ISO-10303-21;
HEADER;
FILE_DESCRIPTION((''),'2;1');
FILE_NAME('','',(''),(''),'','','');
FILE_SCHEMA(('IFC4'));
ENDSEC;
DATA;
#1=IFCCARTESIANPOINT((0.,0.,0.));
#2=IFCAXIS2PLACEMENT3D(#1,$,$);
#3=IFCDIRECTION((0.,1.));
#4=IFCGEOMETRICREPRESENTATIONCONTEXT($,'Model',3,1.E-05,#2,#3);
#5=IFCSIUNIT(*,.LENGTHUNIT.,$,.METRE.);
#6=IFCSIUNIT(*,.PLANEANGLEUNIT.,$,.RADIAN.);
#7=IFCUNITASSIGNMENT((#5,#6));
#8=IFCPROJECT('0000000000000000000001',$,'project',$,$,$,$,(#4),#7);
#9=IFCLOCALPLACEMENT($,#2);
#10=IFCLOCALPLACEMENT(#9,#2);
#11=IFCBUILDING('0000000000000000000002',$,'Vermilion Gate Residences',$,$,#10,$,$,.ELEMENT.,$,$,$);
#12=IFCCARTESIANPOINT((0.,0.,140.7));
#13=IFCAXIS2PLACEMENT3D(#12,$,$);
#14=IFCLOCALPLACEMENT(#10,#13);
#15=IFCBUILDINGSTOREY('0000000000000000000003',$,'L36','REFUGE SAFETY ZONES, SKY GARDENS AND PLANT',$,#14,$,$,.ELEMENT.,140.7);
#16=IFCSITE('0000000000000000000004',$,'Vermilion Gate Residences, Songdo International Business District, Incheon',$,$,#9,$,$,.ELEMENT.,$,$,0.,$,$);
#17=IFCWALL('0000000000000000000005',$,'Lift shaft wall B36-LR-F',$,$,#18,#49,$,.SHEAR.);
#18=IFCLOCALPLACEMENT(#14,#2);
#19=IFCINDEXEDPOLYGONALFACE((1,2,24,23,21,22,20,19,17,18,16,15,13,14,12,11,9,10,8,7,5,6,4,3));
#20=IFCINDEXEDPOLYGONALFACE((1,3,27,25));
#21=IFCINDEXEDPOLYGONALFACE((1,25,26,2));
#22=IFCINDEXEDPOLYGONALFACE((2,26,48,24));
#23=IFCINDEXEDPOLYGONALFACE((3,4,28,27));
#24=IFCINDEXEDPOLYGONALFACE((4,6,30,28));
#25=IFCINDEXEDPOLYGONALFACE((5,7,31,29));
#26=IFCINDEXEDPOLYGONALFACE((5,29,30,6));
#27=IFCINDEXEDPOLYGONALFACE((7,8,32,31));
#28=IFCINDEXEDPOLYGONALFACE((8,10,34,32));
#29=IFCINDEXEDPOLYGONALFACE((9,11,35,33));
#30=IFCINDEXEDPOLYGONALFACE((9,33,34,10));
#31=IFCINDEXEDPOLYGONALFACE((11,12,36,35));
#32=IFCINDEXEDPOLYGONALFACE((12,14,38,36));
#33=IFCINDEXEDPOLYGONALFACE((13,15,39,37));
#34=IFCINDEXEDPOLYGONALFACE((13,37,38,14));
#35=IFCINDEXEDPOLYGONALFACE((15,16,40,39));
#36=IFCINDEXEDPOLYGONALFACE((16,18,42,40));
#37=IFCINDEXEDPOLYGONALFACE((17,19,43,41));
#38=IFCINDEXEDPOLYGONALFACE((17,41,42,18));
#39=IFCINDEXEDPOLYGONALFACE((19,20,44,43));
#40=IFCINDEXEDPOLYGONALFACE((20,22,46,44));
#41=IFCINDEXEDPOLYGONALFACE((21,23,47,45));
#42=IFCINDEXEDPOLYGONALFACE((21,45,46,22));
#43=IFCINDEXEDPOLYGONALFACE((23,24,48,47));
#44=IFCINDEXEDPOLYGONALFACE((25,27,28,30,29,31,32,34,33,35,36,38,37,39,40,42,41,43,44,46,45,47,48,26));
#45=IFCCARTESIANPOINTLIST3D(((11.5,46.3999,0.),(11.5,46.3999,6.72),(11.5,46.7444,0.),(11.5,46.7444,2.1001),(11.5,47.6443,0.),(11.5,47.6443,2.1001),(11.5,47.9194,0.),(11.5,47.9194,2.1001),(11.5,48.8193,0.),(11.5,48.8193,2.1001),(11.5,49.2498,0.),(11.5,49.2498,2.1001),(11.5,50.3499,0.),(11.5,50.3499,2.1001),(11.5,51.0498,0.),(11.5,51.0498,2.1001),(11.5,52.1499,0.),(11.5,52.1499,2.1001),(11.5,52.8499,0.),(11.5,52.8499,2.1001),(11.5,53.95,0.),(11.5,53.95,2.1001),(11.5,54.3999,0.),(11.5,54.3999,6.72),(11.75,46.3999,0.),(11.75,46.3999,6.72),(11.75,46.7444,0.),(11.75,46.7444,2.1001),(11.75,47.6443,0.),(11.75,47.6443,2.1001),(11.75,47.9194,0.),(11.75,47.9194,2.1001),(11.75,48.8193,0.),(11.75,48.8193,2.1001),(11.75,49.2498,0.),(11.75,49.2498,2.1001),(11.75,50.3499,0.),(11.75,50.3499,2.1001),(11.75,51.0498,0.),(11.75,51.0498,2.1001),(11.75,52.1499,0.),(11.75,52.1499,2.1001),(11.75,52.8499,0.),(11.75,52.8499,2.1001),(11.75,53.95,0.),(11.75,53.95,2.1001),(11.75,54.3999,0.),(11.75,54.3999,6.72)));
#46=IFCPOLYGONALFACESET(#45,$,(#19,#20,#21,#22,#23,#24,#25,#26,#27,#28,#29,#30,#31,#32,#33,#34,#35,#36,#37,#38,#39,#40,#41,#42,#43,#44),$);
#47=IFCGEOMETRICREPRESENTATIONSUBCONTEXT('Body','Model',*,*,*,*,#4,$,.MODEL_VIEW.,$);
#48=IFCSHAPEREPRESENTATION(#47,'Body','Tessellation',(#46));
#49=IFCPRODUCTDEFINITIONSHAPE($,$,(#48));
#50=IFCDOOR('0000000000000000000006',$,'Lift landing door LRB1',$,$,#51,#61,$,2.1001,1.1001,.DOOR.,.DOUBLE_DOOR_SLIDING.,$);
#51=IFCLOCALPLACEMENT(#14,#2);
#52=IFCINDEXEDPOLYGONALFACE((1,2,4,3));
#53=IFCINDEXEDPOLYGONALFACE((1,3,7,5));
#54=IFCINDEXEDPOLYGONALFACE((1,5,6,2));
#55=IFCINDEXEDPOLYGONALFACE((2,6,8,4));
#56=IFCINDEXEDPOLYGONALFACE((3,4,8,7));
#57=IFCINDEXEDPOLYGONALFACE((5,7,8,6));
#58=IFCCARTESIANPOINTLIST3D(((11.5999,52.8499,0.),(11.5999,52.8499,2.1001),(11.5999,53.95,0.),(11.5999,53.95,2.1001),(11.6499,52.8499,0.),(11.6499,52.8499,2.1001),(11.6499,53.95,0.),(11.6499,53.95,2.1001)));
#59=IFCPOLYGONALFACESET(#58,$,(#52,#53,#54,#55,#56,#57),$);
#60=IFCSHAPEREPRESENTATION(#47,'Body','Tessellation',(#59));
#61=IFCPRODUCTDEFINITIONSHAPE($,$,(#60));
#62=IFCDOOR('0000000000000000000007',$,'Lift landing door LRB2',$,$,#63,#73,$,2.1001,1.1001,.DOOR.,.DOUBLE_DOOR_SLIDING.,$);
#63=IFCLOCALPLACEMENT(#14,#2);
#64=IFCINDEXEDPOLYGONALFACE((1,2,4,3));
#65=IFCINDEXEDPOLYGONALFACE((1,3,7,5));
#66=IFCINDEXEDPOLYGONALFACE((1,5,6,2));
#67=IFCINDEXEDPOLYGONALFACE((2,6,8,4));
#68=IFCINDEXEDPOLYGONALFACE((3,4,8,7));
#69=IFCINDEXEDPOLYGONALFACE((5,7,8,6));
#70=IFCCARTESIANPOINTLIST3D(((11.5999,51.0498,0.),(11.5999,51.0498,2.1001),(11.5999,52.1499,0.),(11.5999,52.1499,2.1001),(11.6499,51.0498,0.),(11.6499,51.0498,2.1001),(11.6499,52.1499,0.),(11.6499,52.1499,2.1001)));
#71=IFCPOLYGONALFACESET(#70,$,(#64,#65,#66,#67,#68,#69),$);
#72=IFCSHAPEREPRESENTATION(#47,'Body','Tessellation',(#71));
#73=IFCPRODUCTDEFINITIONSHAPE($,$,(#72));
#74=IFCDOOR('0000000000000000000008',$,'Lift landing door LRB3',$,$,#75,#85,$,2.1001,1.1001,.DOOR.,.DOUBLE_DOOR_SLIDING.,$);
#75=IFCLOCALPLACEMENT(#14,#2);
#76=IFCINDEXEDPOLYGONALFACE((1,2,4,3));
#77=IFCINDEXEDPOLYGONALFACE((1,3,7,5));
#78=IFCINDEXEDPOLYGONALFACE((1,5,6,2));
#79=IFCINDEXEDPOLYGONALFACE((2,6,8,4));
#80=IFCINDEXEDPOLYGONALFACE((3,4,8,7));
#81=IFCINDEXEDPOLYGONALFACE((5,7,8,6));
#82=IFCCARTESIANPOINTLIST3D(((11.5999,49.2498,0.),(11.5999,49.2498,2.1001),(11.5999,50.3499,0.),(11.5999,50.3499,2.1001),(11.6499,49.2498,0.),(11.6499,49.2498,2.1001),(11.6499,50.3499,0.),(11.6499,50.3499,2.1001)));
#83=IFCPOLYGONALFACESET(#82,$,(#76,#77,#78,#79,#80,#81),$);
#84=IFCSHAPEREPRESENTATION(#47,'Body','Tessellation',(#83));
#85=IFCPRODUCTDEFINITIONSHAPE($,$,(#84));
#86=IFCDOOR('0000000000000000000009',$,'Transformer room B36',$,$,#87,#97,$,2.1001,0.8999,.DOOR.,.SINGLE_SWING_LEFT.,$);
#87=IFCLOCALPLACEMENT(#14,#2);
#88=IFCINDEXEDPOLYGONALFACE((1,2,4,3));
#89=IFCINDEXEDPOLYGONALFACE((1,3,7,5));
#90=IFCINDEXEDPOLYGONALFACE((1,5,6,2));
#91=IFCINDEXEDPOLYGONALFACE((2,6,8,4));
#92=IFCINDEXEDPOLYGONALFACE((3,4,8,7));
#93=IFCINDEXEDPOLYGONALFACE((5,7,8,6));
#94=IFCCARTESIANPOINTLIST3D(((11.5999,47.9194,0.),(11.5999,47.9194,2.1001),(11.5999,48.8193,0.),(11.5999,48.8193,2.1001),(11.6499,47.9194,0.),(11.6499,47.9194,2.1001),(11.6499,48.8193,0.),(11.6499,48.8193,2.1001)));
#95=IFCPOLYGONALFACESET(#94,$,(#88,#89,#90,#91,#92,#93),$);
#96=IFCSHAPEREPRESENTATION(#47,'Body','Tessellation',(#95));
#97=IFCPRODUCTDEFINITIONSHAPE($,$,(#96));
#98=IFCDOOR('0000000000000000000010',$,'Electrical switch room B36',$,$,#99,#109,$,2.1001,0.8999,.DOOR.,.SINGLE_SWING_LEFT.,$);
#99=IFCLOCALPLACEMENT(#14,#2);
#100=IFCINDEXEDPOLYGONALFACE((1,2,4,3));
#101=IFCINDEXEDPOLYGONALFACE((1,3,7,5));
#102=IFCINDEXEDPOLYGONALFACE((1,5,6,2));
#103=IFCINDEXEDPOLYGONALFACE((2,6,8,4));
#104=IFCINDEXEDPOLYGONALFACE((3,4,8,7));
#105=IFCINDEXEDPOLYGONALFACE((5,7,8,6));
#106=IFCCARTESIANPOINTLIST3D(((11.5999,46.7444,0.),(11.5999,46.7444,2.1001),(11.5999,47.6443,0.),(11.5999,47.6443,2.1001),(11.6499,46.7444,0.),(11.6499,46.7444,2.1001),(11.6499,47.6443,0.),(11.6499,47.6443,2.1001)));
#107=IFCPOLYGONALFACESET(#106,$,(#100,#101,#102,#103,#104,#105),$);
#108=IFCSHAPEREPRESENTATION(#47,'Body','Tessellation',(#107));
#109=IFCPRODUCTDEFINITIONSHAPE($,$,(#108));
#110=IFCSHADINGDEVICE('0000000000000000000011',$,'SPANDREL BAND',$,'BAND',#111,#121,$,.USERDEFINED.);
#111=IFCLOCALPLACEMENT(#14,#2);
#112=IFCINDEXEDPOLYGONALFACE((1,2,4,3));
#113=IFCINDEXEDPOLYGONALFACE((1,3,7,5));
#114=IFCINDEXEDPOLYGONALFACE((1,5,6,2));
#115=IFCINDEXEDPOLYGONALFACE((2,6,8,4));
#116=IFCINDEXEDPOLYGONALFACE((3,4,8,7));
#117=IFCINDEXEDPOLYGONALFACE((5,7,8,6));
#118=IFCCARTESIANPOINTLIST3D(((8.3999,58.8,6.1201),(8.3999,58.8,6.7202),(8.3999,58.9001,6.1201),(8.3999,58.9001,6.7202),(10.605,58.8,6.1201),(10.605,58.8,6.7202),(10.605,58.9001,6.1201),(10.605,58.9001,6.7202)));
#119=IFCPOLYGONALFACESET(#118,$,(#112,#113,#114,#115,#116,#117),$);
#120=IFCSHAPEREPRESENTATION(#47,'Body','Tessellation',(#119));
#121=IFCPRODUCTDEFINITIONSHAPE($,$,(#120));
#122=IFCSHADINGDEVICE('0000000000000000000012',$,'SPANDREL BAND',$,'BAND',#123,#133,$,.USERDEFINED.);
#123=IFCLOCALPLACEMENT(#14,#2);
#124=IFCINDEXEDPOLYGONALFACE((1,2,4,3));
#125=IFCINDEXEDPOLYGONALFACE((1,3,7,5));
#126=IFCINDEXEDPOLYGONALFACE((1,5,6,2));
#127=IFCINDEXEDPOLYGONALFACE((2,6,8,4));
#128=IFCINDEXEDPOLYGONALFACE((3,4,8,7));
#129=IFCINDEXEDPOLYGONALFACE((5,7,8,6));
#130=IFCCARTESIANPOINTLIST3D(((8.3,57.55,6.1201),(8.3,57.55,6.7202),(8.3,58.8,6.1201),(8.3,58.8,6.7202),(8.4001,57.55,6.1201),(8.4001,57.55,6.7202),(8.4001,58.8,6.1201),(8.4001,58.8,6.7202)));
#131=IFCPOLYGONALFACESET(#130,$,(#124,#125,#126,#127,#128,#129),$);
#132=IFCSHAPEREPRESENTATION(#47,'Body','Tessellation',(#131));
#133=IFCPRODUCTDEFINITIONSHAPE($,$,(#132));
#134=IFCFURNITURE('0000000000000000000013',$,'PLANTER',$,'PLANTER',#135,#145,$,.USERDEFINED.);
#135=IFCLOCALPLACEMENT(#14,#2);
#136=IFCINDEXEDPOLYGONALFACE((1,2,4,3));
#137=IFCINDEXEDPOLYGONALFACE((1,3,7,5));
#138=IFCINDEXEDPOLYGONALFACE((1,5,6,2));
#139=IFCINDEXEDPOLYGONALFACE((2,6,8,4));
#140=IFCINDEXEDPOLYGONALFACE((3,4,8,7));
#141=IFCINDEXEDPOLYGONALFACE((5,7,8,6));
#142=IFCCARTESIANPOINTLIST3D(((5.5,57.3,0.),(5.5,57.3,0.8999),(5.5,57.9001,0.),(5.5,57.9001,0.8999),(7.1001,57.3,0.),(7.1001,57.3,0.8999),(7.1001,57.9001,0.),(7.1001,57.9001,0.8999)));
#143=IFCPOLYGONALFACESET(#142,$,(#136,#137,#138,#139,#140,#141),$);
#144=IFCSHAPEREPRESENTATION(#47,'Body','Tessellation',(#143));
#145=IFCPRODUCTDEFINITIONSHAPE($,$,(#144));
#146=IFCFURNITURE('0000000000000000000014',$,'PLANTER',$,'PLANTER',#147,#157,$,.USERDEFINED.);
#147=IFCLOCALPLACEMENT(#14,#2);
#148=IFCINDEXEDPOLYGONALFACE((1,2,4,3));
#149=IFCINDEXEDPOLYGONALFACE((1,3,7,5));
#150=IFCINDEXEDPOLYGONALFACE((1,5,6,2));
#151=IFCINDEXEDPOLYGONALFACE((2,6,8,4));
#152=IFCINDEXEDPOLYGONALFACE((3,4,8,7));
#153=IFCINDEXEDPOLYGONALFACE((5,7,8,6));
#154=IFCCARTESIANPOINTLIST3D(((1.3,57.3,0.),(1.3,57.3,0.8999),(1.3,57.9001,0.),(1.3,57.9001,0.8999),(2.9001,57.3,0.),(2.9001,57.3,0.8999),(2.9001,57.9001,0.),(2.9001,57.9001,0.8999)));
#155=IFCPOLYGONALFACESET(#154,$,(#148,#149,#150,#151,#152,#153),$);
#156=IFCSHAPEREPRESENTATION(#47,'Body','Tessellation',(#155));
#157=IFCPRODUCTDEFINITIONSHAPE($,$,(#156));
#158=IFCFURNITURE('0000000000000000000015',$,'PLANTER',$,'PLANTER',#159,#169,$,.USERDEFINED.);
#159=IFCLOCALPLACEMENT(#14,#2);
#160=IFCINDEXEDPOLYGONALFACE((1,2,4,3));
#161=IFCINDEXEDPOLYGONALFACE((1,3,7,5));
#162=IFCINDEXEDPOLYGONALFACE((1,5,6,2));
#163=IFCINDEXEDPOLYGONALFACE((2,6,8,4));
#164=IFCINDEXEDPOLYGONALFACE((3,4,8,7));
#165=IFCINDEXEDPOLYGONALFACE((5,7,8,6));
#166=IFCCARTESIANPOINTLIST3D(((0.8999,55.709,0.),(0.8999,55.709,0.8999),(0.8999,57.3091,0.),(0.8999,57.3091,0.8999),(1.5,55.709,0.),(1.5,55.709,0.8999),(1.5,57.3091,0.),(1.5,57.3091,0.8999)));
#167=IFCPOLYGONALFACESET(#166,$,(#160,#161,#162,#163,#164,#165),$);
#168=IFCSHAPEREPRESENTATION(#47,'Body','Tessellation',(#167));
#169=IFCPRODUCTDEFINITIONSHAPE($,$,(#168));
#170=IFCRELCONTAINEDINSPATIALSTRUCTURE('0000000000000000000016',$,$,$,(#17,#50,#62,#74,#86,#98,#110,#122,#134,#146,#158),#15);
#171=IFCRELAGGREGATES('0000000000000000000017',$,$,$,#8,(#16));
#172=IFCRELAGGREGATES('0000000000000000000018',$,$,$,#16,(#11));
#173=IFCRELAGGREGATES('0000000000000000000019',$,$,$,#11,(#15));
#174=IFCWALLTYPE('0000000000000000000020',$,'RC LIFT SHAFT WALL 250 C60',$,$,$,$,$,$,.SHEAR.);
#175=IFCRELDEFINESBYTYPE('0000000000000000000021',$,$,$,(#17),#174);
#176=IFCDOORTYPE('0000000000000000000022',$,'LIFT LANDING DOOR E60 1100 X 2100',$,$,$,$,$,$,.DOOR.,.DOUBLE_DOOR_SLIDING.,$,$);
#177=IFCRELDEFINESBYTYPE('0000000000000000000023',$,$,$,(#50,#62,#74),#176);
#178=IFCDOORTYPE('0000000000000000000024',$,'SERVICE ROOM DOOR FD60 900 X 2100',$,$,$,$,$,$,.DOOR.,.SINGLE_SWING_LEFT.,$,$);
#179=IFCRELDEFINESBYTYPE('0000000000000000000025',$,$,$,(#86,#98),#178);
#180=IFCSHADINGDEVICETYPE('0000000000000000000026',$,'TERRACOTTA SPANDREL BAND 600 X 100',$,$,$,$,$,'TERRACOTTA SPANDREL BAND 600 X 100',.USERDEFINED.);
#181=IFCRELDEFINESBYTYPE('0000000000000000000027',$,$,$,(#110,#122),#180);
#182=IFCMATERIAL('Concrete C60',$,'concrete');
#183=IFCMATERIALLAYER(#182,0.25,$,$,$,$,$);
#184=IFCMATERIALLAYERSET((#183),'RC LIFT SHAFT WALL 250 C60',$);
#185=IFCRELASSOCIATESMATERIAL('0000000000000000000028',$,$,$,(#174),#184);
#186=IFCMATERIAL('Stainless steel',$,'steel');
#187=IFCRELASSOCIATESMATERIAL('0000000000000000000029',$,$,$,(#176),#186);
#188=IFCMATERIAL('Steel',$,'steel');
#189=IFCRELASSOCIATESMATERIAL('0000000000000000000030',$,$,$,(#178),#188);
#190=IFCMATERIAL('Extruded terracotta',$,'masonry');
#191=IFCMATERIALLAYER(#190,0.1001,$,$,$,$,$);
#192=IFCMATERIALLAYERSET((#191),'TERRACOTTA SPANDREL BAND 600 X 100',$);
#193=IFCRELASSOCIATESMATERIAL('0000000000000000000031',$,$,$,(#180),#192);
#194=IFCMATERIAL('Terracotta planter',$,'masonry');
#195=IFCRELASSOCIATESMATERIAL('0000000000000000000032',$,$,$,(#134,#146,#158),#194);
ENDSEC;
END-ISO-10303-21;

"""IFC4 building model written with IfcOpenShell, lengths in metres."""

from ifc_helpers import new_model, si_unit, direction, frame, frame_2d, origin, origin_2d, place, context, subcontext, project, spatial, rectangle, extrude, material, layer, layer_set, type_object, element, fill, save


model = new_model("IFC4")

# Units and contexts
model_context = context("Model", 3, precision=1e-05, world=origin(), true_north=direction((0.0, 1.0)))
body_context = subcontext(model_context, "Body", "Model", "MODEL_VIEW")
ifc_project = project(units=[si_unit("LENGTHUNIT", "METRE"), si_unit("PLANEANGLEUNIT", "RADIAN")], contexts=[model_context])

# Site, building, storey
site_placement = place(None, origin())
site = spatial("IfcSite", under=ifc_project, at=site_placement, Name="Vermilion Gate Residences, Songdo International Business District, Incheon", CompositionType="ELEMENT", RefElevation=0.0)
building_placement = place(site_placement, origin())
building = spatial("IfcBuilding", under=site, at=building_placement, Name="Vermilion Gate Residences", CompositionType="ELEMENT")
storey_placement = place(building_placement, frame((0.0, 0.0, 140.7)))
storey = spatial("IfcBuildingStorey", under=building, at=storey_placement, Name="L36", Description="REFUGE SAFETY ZONES, SKY GARDENS AND PLANT", CompositionType="ELEMENT", Elevation=140.7)

# Wall, openings, doors
ifc_material_1 = material(Name="Concrete C60", Category="concrete")
ifc_layer_1 = layer(ifc_material_1, 0.25)
ifc_layer_set_1 = layer_set([ifc_layer_1], Name="RC LIFT SHAFT WALL 250 C60")
wall_type_1 = type_object("IfcWallType", Name="RC LIFT SHAFT WALL 250 C60", PredefinedType="SHEAR", material=ifc_layer_set_1)
wall_1_placement = place(storey_placement, frame((11.625, 54.3999, 0.0), z_axis=(0.0, 0.0, 1.0), x_axis=(0.0, -1.0, 0.0)))
wall_1 = element("IfcWall", 1, at=wall_1_placement, inside=storey, type_object=wall_type_1, Name="Lift shaft wall B36-LR-F", PredefinedType="SHEAR", context=body_context, shape_type="SweptSolid", body=[
    extrude(rectangle(XDim=8.0, YDim=0.25, at=frame_2d((4.0, 0.0))), origin(), (0.0, 0.0, 1.0), 6.72),
])
opening_1_placement = place(wall_1_placement, frame((0.45, 0.0, 0.0)))
opening_1 = element("IfcOpeningElement", 2, at=opening_1_placement, cuts=wall_1, PredefinedType="OPENING", context=body_context, shape_type="SweptSolid", body=[
    extrude(rectangle(XDim=1.1001, YDim=2.1001, at=frame_2d((0.55, 1.05))), frame((0.0, 0.135, 0.0), z_axis=(0.0, -1.0, 0.0), x_axis=(1.0, 0.0, 0.0)), (0.0, 0.0, 1.0), 0.27),
])
opening_2_placement = place(wall_1_placement, frame((2.25, 0.0, 0.0)))
opening_2 = element("IfcOpeningElement", 3, at=opening_2_placement, cuts=wall_1, PredefinedType="OPENING", context=body_context, shape_type="SweptSolid", body=[
    extrude(rectangle(XDim=1.1001, YDim=2.1001, at=frame_2d((0.55, 1.05))), frame((0.0, 0.135, 0.0), z_axis=(0.0, -1.0, 0.0), x_axis=(1.0, 0.0, 0.0)), (0.0, 0.0, 1.0), 0.27),
])
opening_3_placement = place(wall_1_placement, frame((4.05, 0.0, 0.0)))
opening_3 = element("IfcOpeningElement", 4, at=opening_3_placement, cuts=wall_1, PredefinedType="OPENING", context=body_context, shape_type="SweptSolid", body=[
    extrude(rectangle(XDim=1.1001, YDim=2.1001, at=frame_2d((0.55, 1.05))), frame((0.0, 0.135, 0.0), z_axis=(0.0, -1.0, 0.0), x_axis=(1.0, 0.0, 0.0)), (0.0, 0.0, 1.0), 0.27),
])
opening_4_placement = place(wall_1_placement, frame((5.5806, 0.0, 0.0)))
opening_4 = element("IfcOpeningElement", 5, at=opening_4_placement, cuts=wall_1, PredefinedType="OPENING", context=body_context, shape_type="SweptSolid", body=[
    extrude(rectangle(XDim=0.8999, YDim=2.1001, at=frame_2d((0.45, 1.05))), frame((0.0, 0.135, 0.0), z_axis=(0.0, -1.0, 0.0), x_axis=(1.0, 0.0, 0.0)), (0.0, 0.0, 1.0), 0.27),
])
opening_5_placement = place(wall_1_placement, frame((6.7556, 0.0, 0.0)))
opening_5 = element("IfcOpeningElement", 6, at=opening_5_placement, cuts=wall_1, PredefinedType="OPENING", context=body_context, shape_type="SweptSolid", body=[
    extrude(rectangle(XDim=0.8999, YDim=2.1001, at=frame_2d((0.45, 1.05))), frame((0.0, 0.135, 0.0), z_axis=(0.0, -1.0, 0.0), x_axis=(1.0, 0.0, 0.0)), (0.0, 0.0, 1.0), 0.27),
])
ifc_material_2 = material(Name="Stainless steel", Category="steel")
door_type_1 = type_object("IfcDoorType", Name="LIFT LANDING DOOR E60 1100 X 2100", OperationType="DOUBLE_DOOR_SLIDING", PredefinedType="DOOR", material=ifc_material_2)
door_1_placement = place(opening_1_placement, origin())
door_1 = element("IfcDoor", 7, at=door_1_placement, inside=storey, type_object=door_type_1, Name="Lift landing door LRB1", OperationType="DOUBLE_DOOR_SLIDING", OverallHeight=2.1001, OverallWidth=1.1001, PredefinedType="DOOR", context=body_context, shape_type="SweptSolid", body=[
    extrude(rectangle(XDim=1.1001, YDim=2.1001, at=frame_2d((0.55, 1.05))), frame((0.0, 0.0249, 0.0), z_axis=(0.0, -1.0, 0.0), x_axis=(1.0, 0.0, 0.0)), (0.0, 0.0, 1.0), 0.05),
])
fill(opening_1, door_1)
door_2_placement = place(opening_2_placement, origin())
door_2 = element("IfcDoor", 8, at=door_2_placement, inside=storey, type_object=door_type_1, Name="Lift landing door LRB2", OperationType="DOUBLE_DOOR_SLIDING", OverallHeight=2.1001, OverallWidth=1.1001, PredefinedType="DOOR", context=body_context, shape_type="SweptSolid", body=[
    extrude(rectangle(XDim=1.1001, YDim=2.1001, at=frame_2d((0.55, 1.05))), frame((0.0, 0.0249, 0.0), z_axis=(0.0, -1.0, 0.0), x_axis=(1.0, 0.0, 0.0)), (0.0, 0.0, 1.0), 0.05),
])
fill(opening_2, door_2)
door_3_placement = place(opening_3_placement, origin())
door_3 = element("IfcDoor", 9, at=door_3_placement, inside=storey, type_object=door_type_1, Name="Lift landing door LRB3", OperationType="DOUBLE_DOOR_SLIDING", OverallHeight=2.1001, OverallWidth=1.1001, PredefinedType="DOOR", context=body_context, shape_type="SweptSolid", body=[
    extrude(rectangle(XDim=1.1001, YDim=2.1001, at=frame_2d((0.55, 1.05))), frame((0.0, 0.0249, 0.0), z_axis=(0.0, -1.0, 0.0), x_axis=(1.0, 0.0, 0.0)), (0.0, 0.0, 1.0), 0.05),
])
fill(opening_3, door_3)
ifc_material_3 = material(Name="Steel", Category="steel")
door_type_2 = type_object("IfcDoorType", Name="SERVICE ROOM DOOR FD60 900 X 2100", OperationType="SINGLE_SWING_LEFT", PredefinedType="DOOR", material=ifc_material_3)
door_4_placement = place(opening_4_placement, origin())
door_4 = element("IfcDoor", 10, at=door_4_placement, inside=storey, type_object=door_type_2, Name="Transformer room B36", OperationType="SINGLE_SWING_LEFT", OverallHeight=2.1001, OverallWidth=0.8999, PredefinedType="DOOR", context=body_context, shape_type="SweptSolid", body=[
    extrude(rectangle(XDim=0.8999, YDim=2.1001, at=frame_2d((0.45, 1.05))), frame((0.0, 0.0249, 0.0), z_axis=(0.0, -1.0, 0.0), x_axis=(1.0, 0.0, 0.0)), (0.0, 0.0, 1.0), 0.05),
])
fill(opening_4, door_4)
door_5_placement = place(opening_5_placement, origin())
door_5 = element("IfcDoor", 11, at=door_5_placement, inside=storey, type_object=door_type_2, Name="Electrical switch room B36", OperationType="SINGLE_SWING_LEFT", OverallHeight=2.1001, OverallWidth=0.8999, PredefinedType="DOOR", context=body_context, shape_type="SweptSolid", body=[
    extrude(rectangle(XDim=0.8999, YDim=2.1001, at=frame_2d((0.45, 1.05))), frame((0.0, 0.0249, 0.0), z_axis=(0.0, -1.0, 0.0), x_axis=(1.0, 0.0, 0.0)), (0.0, 0.0, 1.0), 0.05),
])
fill(opening_5, door_5)

# Shading devices
ifc_material_4 = material(Name="Extruded terracotta", Category="masonry")
ifc_layer_2 = layer(ifc_material_4, 0.1001)
ifc_layer_set_2 = layer_set([ifc_layer_2], Name="TERRACOTTA SPANDREL BAND 600 X 100")
shading_device_type = type_object("IfcShadingDeviceType", Name="TERRACOTTA SPANDREL BAND 600 X 100", ElementType="TERRACOTTA SPANDREL BAND 600 X 100", PredefinedType="USERDEFINED", material=ifc_layer_set_2)
shading_device_1_placement = place(storey_placement, frame((9.5024, 58.8501, 6.1201), z_axis=(0.0, 0.0, 1.0), x_axis=(1.0, 0.0, 0.0)))
element("IfcShadingDevice", 12, at=shading_device_1_placement, inside=storey, type_object=shading_device_type, Name="SPANDREL BAND", ObjectType="BAND", PredefinedType="USERDEFINED", context=body_context, shape_type="SweptSolid", body=[
    extrude(rectangle(XDim=2.2051, YDim=0.1001, at=origin_2d()), origin(), (0.0, 0.0, 1.0), 0.6001),
])
shading_device_2_placement = place(storey_placement, frame((8.3501, 58.175, 6.1201), z_axis=(0.0, 0.0, 1.0), x_axis=(0.0, 1.0, 0.0)))
element("IfcShadingDevice", 13, at=shading_device_2_placement, inside=storey, type_object=shading_device_type, Name="SPANDREL BAND", ObjectType="BAND", PredefinedType="USERDEFINED", context=body_context, shape_type="SweptSolid", body=[
    extrude(rectangle(XDim=1.25, YDim=0.1001, at=origin_2d()), origin(), (0.0, 0.0, 1.0), 0.6001),
])

# Furniture
ifc_material_5 = material(Name="Terracotta planter", Category="masonry")
for number, where, z_axis, x_axis, name in (
    (14, (6.3, 57.6001, 0.0), (0.0, 0.0, 1.0), (-1.0, 0.0, 0.0), "PLANTER"),
    (15, (2.1001, 57.6001, 0.0), (0.0, 0.0, 1.0), (-1.0, 0.0, 0.0), "PLANTER"),
    (16, (1.2, 56.509, 0.0), (0.0, 0.0, 1.0), (0.0, -1.0, 0.0), "PLANTER"),
):
    element("IfcFurniture", number, at=place(storey_placement, frame(where, z_axis=z_axis, x_axis=x_axis)), inside=storey, material=ifc_material_5, Name=name, ObjectType="PLANTER", PredefinedType="USERDEFINED", context=body_context, shape_type="SweptSolid", body=[
        extrude(rectangle(XDim=1.6001, YDim=0.6001, at=origin_2d()), origin(), (0.0, 0.0, 1.0), 0.8999),
    ])

save(model, "model.ifc")
